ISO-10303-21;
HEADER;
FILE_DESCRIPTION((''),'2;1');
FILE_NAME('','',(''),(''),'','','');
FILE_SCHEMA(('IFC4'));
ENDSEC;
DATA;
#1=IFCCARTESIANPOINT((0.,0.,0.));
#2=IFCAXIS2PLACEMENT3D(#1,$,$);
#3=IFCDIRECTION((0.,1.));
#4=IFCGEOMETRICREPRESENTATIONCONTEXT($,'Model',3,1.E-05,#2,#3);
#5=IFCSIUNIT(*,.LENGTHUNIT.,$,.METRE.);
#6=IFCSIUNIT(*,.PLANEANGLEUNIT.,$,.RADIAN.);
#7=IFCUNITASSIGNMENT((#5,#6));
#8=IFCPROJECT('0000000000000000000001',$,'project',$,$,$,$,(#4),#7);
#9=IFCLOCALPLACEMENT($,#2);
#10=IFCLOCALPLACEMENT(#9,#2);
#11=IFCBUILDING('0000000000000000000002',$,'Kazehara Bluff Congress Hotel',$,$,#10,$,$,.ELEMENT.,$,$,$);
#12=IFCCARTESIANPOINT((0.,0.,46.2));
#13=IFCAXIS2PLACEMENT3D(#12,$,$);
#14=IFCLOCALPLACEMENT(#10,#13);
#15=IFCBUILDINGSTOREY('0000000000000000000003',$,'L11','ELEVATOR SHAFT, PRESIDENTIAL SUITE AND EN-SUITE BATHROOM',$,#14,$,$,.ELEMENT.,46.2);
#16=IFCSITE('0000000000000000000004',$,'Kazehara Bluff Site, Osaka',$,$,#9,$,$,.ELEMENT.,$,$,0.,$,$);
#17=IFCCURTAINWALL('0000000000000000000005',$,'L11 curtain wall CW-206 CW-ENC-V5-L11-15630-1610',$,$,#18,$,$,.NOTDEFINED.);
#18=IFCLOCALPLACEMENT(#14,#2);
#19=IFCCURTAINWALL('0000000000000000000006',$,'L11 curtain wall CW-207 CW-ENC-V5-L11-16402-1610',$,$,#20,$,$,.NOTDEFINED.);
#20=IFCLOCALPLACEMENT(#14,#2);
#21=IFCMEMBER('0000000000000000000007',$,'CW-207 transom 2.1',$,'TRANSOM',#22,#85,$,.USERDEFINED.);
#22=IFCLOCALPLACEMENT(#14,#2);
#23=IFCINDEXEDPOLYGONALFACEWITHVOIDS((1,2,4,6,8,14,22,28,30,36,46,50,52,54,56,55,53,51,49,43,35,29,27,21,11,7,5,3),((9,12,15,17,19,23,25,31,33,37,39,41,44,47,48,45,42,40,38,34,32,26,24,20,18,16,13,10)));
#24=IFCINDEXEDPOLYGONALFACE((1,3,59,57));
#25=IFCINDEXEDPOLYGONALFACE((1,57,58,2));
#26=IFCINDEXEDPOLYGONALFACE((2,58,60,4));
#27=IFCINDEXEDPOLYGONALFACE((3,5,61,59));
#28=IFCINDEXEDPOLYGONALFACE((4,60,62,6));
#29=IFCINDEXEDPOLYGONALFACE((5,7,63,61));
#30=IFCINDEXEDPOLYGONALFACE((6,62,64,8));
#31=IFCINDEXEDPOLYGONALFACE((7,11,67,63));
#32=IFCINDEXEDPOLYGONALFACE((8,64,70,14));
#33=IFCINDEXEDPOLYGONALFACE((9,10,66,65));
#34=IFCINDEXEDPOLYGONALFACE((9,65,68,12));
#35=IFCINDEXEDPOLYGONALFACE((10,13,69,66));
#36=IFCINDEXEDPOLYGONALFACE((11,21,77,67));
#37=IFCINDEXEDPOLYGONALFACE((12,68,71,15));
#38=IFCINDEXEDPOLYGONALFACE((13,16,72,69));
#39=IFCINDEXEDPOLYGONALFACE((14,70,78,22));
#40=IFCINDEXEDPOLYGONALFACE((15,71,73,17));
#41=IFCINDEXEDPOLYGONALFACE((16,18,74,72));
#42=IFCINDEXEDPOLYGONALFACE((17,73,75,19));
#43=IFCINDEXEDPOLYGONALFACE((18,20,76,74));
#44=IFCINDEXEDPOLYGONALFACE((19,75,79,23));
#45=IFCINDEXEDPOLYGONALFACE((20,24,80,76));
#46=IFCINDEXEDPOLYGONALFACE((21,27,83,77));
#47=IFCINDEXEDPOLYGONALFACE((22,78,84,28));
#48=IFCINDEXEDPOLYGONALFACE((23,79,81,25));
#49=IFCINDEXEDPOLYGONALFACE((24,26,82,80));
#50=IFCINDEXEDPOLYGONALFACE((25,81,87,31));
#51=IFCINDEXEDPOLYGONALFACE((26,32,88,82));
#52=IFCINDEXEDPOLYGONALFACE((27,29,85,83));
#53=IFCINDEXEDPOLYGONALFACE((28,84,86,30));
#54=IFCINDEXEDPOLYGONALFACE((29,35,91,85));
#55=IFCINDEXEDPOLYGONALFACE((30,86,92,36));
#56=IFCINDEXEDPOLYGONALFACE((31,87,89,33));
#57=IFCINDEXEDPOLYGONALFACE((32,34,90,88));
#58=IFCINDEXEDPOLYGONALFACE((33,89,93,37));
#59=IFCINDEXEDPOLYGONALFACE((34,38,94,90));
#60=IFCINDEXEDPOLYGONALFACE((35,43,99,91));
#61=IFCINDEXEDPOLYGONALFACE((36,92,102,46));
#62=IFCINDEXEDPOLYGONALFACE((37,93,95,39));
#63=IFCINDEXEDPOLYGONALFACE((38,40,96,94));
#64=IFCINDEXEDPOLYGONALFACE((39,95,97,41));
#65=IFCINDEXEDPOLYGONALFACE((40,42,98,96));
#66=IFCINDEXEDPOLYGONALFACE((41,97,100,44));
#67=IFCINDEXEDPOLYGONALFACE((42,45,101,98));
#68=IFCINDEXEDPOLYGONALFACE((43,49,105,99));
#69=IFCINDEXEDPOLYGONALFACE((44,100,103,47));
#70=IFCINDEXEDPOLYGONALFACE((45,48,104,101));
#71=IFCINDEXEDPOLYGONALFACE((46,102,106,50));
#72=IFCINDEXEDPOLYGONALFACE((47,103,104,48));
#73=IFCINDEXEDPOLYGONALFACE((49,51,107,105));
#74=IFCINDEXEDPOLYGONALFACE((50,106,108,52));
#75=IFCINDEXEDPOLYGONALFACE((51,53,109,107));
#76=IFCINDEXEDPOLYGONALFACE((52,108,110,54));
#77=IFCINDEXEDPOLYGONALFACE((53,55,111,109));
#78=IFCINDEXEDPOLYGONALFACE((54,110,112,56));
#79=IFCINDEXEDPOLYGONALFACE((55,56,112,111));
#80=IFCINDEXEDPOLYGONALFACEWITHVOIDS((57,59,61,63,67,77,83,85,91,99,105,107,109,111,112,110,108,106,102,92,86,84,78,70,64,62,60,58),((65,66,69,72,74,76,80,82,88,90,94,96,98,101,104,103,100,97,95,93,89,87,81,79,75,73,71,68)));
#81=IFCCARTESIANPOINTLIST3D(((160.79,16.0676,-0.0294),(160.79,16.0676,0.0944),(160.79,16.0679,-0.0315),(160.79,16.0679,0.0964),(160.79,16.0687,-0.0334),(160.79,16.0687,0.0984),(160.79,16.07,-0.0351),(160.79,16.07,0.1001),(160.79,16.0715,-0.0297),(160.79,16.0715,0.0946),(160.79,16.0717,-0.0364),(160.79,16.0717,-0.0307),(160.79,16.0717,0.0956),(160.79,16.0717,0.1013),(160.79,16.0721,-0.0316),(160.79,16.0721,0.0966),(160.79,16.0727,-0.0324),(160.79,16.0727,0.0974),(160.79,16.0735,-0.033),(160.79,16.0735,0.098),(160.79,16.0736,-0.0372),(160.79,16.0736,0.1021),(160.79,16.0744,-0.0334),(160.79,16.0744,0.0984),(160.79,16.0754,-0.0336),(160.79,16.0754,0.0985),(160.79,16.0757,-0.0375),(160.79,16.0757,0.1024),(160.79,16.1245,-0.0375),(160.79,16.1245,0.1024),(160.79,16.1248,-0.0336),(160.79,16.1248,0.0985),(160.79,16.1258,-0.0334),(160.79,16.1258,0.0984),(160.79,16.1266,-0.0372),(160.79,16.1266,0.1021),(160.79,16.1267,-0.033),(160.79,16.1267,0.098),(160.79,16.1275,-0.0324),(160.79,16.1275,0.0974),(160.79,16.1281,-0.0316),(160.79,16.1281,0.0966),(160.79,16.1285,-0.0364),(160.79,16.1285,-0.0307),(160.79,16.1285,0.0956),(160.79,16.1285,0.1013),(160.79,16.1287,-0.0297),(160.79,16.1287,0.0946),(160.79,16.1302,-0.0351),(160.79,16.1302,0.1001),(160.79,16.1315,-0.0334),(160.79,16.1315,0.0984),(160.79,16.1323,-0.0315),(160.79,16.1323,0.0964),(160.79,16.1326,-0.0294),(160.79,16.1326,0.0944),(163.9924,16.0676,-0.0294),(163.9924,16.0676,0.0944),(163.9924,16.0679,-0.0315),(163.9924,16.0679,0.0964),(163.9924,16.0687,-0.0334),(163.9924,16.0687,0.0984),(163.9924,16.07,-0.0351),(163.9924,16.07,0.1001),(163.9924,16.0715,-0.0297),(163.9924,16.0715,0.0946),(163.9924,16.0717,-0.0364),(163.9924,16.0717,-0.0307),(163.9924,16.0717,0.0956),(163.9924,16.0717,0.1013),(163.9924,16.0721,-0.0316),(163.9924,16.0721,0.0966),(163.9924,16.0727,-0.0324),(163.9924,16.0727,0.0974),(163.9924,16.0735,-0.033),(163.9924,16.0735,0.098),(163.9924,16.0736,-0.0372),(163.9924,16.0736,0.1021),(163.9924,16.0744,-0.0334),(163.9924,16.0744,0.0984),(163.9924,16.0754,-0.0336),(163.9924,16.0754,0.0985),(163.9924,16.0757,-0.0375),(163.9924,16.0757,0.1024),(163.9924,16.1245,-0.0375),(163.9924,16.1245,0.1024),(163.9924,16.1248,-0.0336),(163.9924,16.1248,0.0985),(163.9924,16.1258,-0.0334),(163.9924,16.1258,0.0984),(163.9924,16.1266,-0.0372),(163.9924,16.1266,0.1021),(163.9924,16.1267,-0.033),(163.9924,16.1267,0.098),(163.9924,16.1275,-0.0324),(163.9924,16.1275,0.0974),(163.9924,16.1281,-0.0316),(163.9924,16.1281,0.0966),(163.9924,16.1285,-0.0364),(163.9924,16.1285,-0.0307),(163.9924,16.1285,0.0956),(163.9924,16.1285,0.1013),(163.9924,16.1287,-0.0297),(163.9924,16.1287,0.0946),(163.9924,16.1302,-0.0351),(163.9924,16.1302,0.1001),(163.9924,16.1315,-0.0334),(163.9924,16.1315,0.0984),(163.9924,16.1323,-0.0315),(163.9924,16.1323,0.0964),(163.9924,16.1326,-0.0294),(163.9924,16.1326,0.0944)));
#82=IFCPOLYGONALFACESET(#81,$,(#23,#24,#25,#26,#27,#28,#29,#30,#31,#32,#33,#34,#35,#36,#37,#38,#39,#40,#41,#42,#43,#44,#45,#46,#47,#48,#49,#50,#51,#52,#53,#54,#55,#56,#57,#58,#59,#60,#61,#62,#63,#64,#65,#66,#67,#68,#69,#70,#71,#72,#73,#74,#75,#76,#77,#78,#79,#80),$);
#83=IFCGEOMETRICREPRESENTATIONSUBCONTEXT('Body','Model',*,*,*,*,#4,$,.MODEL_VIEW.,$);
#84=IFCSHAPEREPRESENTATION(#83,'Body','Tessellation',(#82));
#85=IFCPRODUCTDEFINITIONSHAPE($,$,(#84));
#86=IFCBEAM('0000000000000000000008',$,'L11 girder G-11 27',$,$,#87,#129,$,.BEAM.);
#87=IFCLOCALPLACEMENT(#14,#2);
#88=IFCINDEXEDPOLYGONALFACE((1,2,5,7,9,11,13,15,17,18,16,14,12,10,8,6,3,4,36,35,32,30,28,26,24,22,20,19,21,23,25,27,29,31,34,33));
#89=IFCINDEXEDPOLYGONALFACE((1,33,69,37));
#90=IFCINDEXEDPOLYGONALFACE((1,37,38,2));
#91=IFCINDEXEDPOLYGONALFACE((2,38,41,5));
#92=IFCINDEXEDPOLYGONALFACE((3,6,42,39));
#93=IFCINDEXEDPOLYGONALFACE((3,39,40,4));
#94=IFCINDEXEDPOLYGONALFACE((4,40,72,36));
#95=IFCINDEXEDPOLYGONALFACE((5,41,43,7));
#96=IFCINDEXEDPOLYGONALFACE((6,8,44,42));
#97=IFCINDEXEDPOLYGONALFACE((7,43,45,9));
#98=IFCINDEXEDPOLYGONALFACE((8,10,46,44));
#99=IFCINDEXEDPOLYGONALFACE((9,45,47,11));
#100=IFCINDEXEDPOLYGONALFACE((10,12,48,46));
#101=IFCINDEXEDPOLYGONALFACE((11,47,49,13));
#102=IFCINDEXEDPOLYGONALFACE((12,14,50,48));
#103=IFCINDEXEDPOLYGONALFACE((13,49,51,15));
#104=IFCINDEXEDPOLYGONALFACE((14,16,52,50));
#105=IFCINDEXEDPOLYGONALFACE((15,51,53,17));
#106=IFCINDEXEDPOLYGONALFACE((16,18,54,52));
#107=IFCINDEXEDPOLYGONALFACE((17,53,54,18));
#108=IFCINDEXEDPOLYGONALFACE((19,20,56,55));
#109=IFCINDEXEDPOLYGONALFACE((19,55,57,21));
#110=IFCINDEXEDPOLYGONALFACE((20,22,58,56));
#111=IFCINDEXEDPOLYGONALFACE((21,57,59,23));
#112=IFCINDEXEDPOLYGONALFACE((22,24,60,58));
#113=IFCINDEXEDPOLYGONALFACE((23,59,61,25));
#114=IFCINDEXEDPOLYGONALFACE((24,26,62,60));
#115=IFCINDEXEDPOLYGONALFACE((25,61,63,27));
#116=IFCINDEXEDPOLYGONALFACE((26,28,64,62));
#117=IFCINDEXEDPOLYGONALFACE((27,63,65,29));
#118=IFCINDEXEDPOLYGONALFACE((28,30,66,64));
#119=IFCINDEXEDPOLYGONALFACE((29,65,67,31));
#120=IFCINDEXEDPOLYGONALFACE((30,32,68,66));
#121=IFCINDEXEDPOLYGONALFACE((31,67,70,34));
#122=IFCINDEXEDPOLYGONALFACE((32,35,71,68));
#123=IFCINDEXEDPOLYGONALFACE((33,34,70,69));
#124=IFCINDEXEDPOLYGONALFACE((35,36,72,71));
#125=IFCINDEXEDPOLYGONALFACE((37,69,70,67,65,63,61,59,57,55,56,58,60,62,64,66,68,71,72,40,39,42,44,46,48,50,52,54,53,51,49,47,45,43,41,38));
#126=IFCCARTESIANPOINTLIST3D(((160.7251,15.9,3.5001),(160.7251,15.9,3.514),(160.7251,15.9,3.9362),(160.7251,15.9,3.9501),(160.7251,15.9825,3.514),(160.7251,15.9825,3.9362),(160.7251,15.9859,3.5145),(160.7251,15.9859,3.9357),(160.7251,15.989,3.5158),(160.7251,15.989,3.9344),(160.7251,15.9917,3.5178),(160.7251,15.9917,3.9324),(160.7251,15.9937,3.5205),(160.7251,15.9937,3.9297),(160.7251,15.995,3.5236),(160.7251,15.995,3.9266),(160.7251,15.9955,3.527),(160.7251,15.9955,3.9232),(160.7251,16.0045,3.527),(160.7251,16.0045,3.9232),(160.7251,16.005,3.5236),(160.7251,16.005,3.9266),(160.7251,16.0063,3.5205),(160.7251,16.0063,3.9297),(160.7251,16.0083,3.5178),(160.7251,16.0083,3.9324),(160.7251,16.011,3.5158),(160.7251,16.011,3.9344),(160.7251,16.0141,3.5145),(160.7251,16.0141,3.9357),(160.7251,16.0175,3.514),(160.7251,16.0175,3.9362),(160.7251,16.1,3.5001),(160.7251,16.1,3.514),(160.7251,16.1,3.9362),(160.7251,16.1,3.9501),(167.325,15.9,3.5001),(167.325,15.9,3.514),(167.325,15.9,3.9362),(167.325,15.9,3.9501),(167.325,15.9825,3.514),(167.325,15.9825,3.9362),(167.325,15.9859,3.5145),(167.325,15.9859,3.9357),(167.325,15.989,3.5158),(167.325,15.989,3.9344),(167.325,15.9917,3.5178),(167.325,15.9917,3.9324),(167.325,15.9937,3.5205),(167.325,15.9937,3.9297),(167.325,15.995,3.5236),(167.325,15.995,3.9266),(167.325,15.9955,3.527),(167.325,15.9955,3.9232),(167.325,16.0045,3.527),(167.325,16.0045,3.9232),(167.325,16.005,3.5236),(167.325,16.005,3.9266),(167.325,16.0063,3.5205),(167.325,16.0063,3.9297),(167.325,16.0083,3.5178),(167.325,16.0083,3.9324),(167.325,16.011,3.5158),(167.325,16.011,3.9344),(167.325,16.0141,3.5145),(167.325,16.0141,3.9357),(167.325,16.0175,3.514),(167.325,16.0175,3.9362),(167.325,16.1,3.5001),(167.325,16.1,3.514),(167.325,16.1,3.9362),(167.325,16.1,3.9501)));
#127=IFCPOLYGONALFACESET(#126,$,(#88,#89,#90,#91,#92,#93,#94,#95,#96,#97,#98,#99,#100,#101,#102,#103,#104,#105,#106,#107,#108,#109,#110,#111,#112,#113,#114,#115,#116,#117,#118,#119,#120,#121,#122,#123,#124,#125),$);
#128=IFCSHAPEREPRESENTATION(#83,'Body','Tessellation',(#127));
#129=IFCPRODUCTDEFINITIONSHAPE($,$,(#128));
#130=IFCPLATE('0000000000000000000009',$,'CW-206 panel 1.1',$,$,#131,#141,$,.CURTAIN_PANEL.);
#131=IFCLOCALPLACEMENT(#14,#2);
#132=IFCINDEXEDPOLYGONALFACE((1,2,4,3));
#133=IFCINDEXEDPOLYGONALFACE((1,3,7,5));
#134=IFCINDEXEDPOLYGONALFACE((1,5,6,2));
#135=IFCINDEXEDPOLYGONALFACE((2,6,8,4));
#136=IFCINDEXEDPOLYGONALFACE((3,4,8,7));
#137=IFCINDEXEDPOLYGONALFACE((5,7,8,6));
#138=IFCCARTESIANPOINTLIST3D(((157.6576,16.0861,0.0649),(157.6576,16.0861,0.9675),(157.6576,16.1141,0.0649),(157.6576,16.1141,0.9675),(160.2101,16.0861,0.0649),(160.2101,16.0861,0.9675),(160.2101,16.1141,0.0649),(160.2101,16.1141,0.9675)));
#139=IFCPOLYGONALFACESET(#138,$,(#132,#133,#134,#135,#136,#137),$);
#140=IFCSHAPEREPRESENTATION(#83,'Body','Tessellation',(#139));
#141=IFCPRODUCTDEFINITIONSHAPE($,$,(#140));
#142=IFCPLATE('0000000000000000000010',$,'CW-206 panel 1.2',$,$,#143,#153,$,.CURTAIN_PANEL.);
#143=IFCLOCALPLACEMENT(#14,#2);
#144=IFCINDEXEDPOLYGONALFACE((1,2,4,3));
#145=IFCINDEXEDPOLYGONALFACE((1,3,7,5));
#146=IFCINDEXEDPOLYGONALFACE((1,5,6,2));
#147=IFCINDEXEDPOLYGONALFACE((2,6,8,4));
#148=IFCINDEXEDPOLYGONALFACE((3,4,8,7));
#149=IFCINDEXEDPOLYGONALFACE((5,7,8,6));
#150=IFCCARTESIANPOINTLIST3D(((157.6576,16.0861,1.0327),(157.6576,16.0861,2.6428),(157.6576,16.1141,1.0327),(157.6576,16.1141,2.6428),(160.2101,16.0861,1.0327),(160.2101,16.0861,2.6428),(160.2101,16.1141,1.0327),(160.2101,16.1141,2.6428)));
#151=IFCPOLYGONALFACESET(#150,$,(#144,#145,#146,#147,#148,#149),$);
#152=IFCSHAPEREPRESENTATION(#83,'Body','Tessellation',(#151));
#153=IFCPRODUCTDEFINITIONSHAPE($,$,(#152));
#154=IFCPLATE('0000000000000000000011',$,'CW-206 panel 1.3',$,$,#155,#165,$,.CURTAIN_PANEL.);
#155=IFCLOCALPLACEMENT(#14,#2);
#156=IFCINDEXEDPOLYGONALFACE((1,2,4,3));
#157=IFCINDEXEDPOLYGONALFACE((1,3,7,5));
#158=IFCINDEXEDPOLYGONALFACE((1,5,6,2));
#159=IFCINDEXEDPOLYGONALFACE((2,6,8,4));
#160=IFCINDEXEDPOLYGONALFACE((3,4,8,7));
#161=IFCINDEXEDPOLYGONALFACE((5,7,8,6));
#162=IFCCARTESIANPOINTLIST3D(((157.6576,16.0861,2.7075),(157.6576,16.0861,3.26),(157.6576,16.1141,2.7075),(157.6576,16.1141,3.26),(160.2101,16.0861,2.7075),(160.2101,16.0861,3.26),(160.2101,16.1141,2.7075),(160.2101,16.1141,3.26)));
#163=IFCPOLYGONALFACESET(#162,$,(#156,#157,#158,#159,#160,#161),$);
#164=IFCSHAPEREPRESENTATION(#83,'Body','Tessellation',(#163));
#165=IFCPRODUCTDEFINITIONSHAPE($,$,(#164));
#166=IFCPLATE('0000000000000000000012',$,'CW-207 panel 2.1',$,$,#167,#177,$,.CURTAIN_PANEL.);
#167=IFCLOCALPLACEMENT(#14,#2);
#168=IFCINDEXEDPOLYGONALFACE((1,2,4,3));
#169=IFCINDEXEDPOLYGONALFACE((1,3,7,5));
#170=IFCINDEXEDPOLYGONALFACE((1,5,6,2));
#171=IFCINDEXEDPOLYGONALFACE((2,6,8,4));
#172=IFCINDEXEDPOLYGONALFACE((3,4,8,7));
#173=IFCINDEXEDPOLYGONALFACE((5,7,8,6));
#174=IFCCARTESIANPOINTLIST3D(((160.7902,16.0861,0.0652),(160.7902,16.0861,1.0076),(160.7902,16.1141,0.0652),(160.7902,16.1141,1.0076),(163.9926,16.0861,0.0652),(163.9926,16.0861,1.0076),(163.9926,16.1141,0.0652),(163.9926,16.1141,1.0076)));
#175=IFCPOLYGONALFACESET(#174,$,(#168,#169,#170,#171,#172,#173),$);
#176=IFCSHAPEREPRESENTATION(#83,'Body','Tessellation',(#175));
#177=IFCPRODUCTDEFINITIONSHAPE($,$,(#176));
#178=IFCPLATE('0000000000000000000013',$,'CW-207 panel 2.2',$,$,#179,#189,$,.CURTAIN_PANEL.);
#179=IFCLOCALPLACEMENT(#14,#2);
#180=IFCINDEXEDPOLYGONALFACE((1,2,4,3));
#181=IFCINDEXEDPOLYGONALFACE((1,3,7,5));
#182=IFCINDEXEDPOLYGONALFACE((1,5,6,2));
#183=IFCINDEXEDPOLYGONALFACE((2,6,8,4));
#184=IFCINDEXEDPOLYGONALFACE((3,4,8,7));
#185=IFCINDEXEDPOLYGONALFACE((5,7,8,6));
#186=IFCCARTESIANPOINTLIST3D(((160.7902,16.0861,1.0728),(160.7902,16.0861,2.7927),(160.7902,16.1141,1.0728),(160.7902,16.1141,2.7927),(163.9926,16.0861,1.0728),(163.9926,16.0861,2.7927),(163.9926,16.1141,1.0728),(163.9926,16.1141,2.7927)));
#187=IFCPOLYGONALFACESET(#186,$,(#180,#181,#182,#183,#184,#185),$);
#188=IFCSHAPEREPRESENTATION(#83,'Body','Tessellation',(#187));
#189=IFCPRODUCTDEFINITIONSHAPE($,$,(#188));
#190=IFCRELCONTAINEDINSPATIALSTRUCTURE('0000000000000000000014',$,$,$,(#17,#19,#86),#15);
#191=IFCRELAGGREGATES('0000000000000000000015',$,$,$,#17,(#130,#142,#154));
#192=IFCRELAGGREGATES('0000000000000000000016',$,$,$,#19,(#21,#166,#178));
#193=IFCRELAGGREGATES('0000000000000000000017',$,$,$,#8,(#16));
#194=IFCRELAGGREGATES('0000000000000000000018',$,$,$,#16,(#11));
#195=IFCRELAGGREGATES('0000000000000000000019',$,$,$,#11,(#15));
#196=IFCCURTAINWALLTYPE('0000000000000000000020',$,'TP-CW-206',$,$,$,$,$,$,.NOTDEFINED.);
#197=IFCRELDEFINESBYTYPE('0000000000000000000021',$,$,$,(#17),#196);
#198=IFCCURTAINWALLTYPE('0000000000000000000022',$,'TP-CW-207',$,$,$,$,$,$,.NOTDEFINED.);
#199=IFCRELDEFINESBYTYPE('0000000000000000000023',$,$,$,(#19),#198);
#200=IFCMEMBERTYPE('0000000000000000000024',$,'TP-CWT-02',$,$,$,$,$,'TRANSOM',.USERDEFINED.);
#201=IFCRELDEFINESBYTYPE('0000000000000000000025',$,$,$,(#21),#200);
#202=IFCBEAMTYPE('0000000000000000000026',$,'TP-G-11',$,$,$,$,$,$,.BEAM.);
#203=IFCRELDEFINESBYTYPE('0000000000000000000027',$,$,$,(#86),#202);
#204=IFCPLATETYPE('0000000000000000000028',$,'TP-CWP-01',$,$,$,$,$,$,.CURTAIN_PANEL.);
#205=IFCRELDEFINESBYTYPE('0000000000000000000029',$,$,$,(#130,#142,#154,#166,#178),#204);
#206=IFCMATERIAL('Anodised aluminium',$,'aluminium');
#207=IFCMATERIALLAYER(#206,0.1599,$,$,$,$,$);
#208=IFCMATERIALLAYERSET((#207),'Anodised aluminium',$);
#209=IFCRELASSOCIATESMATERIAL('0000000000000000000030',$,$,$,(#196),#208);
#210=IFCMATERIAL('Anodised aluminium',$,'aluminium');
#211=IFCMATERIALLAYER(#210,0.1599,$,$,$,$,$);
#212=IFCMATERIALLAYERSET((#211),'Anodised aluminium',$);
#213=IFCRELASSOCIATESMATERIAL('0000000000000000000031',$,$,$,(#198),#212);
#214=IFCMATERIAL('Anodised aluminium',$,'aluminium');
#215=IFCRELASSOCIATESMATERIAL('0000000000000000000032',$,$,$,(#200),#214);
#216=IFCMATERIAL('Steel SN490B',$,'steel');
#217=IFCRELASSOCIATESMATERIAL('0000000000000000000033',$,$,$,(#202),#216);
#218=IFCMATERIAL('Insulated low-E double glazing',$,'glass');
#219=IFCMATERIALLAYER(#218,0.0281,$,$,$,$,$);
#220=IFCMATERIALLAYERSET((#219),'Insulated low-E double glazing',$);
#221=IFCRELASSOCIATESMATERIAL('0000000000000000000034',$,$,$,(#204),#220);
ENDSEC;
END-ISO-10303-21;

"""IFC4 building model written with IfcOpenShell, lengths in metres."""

from ifc_helpers import new_model, si_unit, direction, frame, origin, origin_2d, place, context, subcontext, project, spatial, rectangle, hollow_rectangle, i_section, extrude, material, layer, layer_set, material_profile, profile_set, type_object, element, aggregate, save


model = new_model("IFC4")

# Units and contexts
model_context = context("Model", 3, precision=1e-05, world=origin(), true_north=direction((0.0, 1.0)))
body_context = subcontext(model_context, "Body", "Model", "MODEL_VIEW")
ifc_project = project(units=[si_unit("LENGTHUNIT", "METRE"), si_unit("PLANEANGLEUNIT", "RADIAN")], contexts=[model_context])

# Site, building, storey
site_placement = place(None, origin())
site = spatial("IfcSite", under=ifc_project, at=site_placement, Name="Kazehara Bluff Site, Osaka", CompositionType="ELEMENT", RefElevation=0.0)
building_placement = place(site_placement, origin())
building = spatial("IfcBuilding", under=site, at=building_placement, Name="Kazehara Bluff Congress Hotel", CompositionType="ELEMENT")
storey_placement = place(building_placement, frame((0.0, 0.0, 46.2)))
storey = spatial("IfcBuildingStorey", under=building, at=storey_placement, Name="L11", Description="ELEVATOR SHAFT, PRESIDENTIAL SUITE AND EN-SUITE BATHROOM", CompositionType="ELEMENT", Elevation=46.2)

# Curtain wall
ifc_material_1 = material(Name="Anodised aluminium", Category="aluminium")
ifc_layer_1 = layer(ifc_material_1, 0.1599)
ifc_layer_set_1 = layer_set([ifc_layer_1], Name="Anodised aluminium")
curtain_wall_type_1 = type_object("IfcCurtainWallType", Name="TP-CW-206", PredefinedType="NOTDEFINED", material=ifc_layer_set_1)
curtain_wall_1_placement = place(storey_placement, origin())
curtain_wall_1 = element("IfcCurtainWall", 1, at=curtain_wall_1_placement, inside=storey, type_object=curtain_wall_type_1, Name="L11 curtain wall CW-206 CW-ENC-V5-L11-15630-1610", PredefinedType="NOTDEFINED")

# Curtain wall
ifc_material_2 = material(Name="Anodised aluminium", Category="aluminium")
ifc_layer_2 = layer(ifc_material_2, 0.1599)
ifc_layer_set_2 = layer_set([ifc_layer_2], Name="Anodised aluminium")
curtain_wall_type_2 = type_object("IfcCurtainWallType", Name="TP-CW-207", PredefinedType="NOTDEFINED", material=ifc_layer_set_2)
curtain_wall_2_placement = place(storey_placement, origin())
curtain_wall_2 = element("IfcCurtainWall", 2, at=curtain_wall_2_placement, inside=storey, type_object=curtain_wall_type_2, Name="L11 curtain wall CW-207 CW-ENC-V5-L11-16402-1610", PredefinedType="NOTDEFINED")

# Member
ifc_material_3 = material(Name="Anodised aluminium", Category="aluminium")
ifc_material_profile_1 = material_profile(ifc_material_3, hollow_rectangle(XDim=0.0649, YDim=0.1399, WallThickness=0.0039, InnerFilletRadius=0.0039, OuterFilletRadius=0.0081, at=origin_2d()))
ifc_profile_set_1 = profile_set([ifc_material_profile_1], Name="Anodised aluminium")
member_type_1 = type_object("IfcMemberType", Name="TP-CWT-02", ElementType="TRANSOM", PredefinedType="USERDEFINED", material=ifc_profile_set_1)
member_1_placement = place(storey_placement, frame((163.9924, 16.1001, 0.0325), z_axis=(-1.0, 0.0, 0.0), x_axis=(0.0, -1.0, 0.0)))
member_1 = element("IfcMember", 3, at=member_1_placement, type_object=member_type_1, Name="CW-207 transom 2.1", ObjectType="TRANSOM", PredefinedType="USERDEFINED", context=body_context, shape_type="SweptSolid", body=[
    extrude(hollow_rectangle(XDim=0.0649, YDim=0.1399, WallThickness=0.0039, InnerFilletRadius=0.0039, OuterFilletRadius=0.0081, at=origin_2d()), origin(), (0.0, 0.0, 1.0), 3.2024),
])

# Beam
ifc_material_4 = material(Name="Steel SN490B", Category="steel")
ifc_material_profile_2 = material_profile(ifc_material_4, i_section(OverallWidth=0.2, OverallDepth=0.45, WebThickness=0.009, FlangeThickness=0.0139, FilletRadius=0.0129, at=origin_2d()))
ifc_profile_set_2 = profile_set([ifc_material_profile_2], Name="Steel SN490B")
beam_type = type_object("IfcBeamType", Name="TP-G-11", PredefinedType="BEAM", material=ifc_profile_set_2)
beam_placement = place(storey_placement, frame((160.7251, 16.0, 3.7251), z_axis=(1.0, 0.0, 0.0), x_axis=(0.0, 1.0, 0.0)))
element("IfcBeam", 4, at=beam_placement, inside=storey, type_object=beam_type, Name="L11 girder G-11 27", PredefinedType="BEAM", context=body_context, shape_type="SweptSolid", body=[
    extrude(i_section(OverallWidth=0.2, OverallDepth=0.45, WebThickness=0.009, FlangeThickness=0.0139, FilletRadius=0.0129, at=origin_2d()), origin(), (0.0, 0.0, 1.0), 6.5999),
])

# Plates
ifc_material_5 = material(Name="Insulated low-E double glazing", Category="glass")
ifc_layer_3 = layer(ifc_material_5, 0.0281)
ifc_layer_set_3 = layer_set([ifc_layer_3], Name="Insulated low-E double glazing")
plate_type = type_object("IfcPlateType", Name="TP-CWP-01", PredefinedType="CURTAIN_PANEL", material=ifc_layer_set_3)
plate_1_placement = place(storey_placement, frame((158.9338, 16.1001, 0.0649), z_axis=(0.0, 0.0, 1.0), x_axis=(-1.0, 0.0, 0.0)))
plate_1 = element("IfcPlate", 5, at=plate_1_placement, type_object=plate_type, Name="CW-206 panel 1.1", PredefinedType="CURTAIN_PANEL", context=body_context, shape_type="SweptSolid", body=[
    extrude(rectangle(XDim=2.5525, YDim=0.0281, at=origin_2d()), origin(), (0.0, 0.0, 1.0), 0.9026),
])
plate_2_placement = place(storey_placement, frame((158.9338, 16.1001, 1.0327), z_axis=(0.0, 0.0, 1.0), x_axis=(-1.0, 0.0, 0.0)))
plate_2 = element("IfcPlate", 6, at=plate_2_placement, type_object=plate_type, Name="CW-206 panel 1.2", PredefinedType="CURTAIN_PANEL", context=body_context, shape_type="SweptSolid", body=[
    extrude(rectangle(XDim=2.5525, YDim=0.0281, at=origin_2d()), origin(), (0.0, 0.0, 1.0), 1.6101),
])
plate_3_placement = place(storey_placement, frame((158.9338, 16.1001, 2.7075), z_axis=(0.0, 0.0, 1.0), x_axis=(-1.0, 0.0, 0.0)))
plate_3 = element("IfcPlate", 7, at=plate_3_placement, type_object=plate_type, Name="CW-206 panel 1.3", PredefinedType="CURTAIN_PANEL", context=body_context, shape_type="SweptSolid", body=[
    extrude(rectangle(XDim=2.5525, YDim=0.0281, at=origin_2d()), origin(), (0.0, 0.0, 1.0), 0.5525),
])
aggregate(curtain_wall_1, [plate_1, plate_2, plate_3])
plate_4_placement = place(storey_placement, frame((162.3914, 16.1001, 0.0652), z_axis=(0.0, 0.0, 1.0), x_axis=(-1.0, 0.0, 0.0)))
plate_4 = element("IfcPlate", 8, at=plate_4_placement, type_object=plate_type, Name="CW-207 panel 2.1", PredefinedType="CURTAIN_PANEL", context=body_context, shape_type="SweptSolid", body=[
    extrude(rectangle(XDim=3.2024, YDim=0.0281, at=origin_2d()), origin(), (0.0, 0.0, 1.0), 0.9424),
])
plate_5_placement = place(storey_placement, frame((162.3914, 16.1001, 1.0728), z_axis=(0.0, 0.0, 1.0), x_axis=(-1.0, 0.0, 0.0)))
plate_5 = element("IfcPlate", 9, at=plate_5_placement, type_object=plate_type, Name="CW-207 panel 2.2", PredefinedType="CURTAIN_PANEL", context=body_context, shape_type="SweptSolid", body=[
    extrude(rectangle(XDim=3.2024, YDim=0.0281, at=origin_2d()), origin(), (0.0, 0.0, 1.0), 1.72),
])
aggregate(curtain_wall_2, [member_1, plate_4, plate_5])

save(model, "model.ifc")
